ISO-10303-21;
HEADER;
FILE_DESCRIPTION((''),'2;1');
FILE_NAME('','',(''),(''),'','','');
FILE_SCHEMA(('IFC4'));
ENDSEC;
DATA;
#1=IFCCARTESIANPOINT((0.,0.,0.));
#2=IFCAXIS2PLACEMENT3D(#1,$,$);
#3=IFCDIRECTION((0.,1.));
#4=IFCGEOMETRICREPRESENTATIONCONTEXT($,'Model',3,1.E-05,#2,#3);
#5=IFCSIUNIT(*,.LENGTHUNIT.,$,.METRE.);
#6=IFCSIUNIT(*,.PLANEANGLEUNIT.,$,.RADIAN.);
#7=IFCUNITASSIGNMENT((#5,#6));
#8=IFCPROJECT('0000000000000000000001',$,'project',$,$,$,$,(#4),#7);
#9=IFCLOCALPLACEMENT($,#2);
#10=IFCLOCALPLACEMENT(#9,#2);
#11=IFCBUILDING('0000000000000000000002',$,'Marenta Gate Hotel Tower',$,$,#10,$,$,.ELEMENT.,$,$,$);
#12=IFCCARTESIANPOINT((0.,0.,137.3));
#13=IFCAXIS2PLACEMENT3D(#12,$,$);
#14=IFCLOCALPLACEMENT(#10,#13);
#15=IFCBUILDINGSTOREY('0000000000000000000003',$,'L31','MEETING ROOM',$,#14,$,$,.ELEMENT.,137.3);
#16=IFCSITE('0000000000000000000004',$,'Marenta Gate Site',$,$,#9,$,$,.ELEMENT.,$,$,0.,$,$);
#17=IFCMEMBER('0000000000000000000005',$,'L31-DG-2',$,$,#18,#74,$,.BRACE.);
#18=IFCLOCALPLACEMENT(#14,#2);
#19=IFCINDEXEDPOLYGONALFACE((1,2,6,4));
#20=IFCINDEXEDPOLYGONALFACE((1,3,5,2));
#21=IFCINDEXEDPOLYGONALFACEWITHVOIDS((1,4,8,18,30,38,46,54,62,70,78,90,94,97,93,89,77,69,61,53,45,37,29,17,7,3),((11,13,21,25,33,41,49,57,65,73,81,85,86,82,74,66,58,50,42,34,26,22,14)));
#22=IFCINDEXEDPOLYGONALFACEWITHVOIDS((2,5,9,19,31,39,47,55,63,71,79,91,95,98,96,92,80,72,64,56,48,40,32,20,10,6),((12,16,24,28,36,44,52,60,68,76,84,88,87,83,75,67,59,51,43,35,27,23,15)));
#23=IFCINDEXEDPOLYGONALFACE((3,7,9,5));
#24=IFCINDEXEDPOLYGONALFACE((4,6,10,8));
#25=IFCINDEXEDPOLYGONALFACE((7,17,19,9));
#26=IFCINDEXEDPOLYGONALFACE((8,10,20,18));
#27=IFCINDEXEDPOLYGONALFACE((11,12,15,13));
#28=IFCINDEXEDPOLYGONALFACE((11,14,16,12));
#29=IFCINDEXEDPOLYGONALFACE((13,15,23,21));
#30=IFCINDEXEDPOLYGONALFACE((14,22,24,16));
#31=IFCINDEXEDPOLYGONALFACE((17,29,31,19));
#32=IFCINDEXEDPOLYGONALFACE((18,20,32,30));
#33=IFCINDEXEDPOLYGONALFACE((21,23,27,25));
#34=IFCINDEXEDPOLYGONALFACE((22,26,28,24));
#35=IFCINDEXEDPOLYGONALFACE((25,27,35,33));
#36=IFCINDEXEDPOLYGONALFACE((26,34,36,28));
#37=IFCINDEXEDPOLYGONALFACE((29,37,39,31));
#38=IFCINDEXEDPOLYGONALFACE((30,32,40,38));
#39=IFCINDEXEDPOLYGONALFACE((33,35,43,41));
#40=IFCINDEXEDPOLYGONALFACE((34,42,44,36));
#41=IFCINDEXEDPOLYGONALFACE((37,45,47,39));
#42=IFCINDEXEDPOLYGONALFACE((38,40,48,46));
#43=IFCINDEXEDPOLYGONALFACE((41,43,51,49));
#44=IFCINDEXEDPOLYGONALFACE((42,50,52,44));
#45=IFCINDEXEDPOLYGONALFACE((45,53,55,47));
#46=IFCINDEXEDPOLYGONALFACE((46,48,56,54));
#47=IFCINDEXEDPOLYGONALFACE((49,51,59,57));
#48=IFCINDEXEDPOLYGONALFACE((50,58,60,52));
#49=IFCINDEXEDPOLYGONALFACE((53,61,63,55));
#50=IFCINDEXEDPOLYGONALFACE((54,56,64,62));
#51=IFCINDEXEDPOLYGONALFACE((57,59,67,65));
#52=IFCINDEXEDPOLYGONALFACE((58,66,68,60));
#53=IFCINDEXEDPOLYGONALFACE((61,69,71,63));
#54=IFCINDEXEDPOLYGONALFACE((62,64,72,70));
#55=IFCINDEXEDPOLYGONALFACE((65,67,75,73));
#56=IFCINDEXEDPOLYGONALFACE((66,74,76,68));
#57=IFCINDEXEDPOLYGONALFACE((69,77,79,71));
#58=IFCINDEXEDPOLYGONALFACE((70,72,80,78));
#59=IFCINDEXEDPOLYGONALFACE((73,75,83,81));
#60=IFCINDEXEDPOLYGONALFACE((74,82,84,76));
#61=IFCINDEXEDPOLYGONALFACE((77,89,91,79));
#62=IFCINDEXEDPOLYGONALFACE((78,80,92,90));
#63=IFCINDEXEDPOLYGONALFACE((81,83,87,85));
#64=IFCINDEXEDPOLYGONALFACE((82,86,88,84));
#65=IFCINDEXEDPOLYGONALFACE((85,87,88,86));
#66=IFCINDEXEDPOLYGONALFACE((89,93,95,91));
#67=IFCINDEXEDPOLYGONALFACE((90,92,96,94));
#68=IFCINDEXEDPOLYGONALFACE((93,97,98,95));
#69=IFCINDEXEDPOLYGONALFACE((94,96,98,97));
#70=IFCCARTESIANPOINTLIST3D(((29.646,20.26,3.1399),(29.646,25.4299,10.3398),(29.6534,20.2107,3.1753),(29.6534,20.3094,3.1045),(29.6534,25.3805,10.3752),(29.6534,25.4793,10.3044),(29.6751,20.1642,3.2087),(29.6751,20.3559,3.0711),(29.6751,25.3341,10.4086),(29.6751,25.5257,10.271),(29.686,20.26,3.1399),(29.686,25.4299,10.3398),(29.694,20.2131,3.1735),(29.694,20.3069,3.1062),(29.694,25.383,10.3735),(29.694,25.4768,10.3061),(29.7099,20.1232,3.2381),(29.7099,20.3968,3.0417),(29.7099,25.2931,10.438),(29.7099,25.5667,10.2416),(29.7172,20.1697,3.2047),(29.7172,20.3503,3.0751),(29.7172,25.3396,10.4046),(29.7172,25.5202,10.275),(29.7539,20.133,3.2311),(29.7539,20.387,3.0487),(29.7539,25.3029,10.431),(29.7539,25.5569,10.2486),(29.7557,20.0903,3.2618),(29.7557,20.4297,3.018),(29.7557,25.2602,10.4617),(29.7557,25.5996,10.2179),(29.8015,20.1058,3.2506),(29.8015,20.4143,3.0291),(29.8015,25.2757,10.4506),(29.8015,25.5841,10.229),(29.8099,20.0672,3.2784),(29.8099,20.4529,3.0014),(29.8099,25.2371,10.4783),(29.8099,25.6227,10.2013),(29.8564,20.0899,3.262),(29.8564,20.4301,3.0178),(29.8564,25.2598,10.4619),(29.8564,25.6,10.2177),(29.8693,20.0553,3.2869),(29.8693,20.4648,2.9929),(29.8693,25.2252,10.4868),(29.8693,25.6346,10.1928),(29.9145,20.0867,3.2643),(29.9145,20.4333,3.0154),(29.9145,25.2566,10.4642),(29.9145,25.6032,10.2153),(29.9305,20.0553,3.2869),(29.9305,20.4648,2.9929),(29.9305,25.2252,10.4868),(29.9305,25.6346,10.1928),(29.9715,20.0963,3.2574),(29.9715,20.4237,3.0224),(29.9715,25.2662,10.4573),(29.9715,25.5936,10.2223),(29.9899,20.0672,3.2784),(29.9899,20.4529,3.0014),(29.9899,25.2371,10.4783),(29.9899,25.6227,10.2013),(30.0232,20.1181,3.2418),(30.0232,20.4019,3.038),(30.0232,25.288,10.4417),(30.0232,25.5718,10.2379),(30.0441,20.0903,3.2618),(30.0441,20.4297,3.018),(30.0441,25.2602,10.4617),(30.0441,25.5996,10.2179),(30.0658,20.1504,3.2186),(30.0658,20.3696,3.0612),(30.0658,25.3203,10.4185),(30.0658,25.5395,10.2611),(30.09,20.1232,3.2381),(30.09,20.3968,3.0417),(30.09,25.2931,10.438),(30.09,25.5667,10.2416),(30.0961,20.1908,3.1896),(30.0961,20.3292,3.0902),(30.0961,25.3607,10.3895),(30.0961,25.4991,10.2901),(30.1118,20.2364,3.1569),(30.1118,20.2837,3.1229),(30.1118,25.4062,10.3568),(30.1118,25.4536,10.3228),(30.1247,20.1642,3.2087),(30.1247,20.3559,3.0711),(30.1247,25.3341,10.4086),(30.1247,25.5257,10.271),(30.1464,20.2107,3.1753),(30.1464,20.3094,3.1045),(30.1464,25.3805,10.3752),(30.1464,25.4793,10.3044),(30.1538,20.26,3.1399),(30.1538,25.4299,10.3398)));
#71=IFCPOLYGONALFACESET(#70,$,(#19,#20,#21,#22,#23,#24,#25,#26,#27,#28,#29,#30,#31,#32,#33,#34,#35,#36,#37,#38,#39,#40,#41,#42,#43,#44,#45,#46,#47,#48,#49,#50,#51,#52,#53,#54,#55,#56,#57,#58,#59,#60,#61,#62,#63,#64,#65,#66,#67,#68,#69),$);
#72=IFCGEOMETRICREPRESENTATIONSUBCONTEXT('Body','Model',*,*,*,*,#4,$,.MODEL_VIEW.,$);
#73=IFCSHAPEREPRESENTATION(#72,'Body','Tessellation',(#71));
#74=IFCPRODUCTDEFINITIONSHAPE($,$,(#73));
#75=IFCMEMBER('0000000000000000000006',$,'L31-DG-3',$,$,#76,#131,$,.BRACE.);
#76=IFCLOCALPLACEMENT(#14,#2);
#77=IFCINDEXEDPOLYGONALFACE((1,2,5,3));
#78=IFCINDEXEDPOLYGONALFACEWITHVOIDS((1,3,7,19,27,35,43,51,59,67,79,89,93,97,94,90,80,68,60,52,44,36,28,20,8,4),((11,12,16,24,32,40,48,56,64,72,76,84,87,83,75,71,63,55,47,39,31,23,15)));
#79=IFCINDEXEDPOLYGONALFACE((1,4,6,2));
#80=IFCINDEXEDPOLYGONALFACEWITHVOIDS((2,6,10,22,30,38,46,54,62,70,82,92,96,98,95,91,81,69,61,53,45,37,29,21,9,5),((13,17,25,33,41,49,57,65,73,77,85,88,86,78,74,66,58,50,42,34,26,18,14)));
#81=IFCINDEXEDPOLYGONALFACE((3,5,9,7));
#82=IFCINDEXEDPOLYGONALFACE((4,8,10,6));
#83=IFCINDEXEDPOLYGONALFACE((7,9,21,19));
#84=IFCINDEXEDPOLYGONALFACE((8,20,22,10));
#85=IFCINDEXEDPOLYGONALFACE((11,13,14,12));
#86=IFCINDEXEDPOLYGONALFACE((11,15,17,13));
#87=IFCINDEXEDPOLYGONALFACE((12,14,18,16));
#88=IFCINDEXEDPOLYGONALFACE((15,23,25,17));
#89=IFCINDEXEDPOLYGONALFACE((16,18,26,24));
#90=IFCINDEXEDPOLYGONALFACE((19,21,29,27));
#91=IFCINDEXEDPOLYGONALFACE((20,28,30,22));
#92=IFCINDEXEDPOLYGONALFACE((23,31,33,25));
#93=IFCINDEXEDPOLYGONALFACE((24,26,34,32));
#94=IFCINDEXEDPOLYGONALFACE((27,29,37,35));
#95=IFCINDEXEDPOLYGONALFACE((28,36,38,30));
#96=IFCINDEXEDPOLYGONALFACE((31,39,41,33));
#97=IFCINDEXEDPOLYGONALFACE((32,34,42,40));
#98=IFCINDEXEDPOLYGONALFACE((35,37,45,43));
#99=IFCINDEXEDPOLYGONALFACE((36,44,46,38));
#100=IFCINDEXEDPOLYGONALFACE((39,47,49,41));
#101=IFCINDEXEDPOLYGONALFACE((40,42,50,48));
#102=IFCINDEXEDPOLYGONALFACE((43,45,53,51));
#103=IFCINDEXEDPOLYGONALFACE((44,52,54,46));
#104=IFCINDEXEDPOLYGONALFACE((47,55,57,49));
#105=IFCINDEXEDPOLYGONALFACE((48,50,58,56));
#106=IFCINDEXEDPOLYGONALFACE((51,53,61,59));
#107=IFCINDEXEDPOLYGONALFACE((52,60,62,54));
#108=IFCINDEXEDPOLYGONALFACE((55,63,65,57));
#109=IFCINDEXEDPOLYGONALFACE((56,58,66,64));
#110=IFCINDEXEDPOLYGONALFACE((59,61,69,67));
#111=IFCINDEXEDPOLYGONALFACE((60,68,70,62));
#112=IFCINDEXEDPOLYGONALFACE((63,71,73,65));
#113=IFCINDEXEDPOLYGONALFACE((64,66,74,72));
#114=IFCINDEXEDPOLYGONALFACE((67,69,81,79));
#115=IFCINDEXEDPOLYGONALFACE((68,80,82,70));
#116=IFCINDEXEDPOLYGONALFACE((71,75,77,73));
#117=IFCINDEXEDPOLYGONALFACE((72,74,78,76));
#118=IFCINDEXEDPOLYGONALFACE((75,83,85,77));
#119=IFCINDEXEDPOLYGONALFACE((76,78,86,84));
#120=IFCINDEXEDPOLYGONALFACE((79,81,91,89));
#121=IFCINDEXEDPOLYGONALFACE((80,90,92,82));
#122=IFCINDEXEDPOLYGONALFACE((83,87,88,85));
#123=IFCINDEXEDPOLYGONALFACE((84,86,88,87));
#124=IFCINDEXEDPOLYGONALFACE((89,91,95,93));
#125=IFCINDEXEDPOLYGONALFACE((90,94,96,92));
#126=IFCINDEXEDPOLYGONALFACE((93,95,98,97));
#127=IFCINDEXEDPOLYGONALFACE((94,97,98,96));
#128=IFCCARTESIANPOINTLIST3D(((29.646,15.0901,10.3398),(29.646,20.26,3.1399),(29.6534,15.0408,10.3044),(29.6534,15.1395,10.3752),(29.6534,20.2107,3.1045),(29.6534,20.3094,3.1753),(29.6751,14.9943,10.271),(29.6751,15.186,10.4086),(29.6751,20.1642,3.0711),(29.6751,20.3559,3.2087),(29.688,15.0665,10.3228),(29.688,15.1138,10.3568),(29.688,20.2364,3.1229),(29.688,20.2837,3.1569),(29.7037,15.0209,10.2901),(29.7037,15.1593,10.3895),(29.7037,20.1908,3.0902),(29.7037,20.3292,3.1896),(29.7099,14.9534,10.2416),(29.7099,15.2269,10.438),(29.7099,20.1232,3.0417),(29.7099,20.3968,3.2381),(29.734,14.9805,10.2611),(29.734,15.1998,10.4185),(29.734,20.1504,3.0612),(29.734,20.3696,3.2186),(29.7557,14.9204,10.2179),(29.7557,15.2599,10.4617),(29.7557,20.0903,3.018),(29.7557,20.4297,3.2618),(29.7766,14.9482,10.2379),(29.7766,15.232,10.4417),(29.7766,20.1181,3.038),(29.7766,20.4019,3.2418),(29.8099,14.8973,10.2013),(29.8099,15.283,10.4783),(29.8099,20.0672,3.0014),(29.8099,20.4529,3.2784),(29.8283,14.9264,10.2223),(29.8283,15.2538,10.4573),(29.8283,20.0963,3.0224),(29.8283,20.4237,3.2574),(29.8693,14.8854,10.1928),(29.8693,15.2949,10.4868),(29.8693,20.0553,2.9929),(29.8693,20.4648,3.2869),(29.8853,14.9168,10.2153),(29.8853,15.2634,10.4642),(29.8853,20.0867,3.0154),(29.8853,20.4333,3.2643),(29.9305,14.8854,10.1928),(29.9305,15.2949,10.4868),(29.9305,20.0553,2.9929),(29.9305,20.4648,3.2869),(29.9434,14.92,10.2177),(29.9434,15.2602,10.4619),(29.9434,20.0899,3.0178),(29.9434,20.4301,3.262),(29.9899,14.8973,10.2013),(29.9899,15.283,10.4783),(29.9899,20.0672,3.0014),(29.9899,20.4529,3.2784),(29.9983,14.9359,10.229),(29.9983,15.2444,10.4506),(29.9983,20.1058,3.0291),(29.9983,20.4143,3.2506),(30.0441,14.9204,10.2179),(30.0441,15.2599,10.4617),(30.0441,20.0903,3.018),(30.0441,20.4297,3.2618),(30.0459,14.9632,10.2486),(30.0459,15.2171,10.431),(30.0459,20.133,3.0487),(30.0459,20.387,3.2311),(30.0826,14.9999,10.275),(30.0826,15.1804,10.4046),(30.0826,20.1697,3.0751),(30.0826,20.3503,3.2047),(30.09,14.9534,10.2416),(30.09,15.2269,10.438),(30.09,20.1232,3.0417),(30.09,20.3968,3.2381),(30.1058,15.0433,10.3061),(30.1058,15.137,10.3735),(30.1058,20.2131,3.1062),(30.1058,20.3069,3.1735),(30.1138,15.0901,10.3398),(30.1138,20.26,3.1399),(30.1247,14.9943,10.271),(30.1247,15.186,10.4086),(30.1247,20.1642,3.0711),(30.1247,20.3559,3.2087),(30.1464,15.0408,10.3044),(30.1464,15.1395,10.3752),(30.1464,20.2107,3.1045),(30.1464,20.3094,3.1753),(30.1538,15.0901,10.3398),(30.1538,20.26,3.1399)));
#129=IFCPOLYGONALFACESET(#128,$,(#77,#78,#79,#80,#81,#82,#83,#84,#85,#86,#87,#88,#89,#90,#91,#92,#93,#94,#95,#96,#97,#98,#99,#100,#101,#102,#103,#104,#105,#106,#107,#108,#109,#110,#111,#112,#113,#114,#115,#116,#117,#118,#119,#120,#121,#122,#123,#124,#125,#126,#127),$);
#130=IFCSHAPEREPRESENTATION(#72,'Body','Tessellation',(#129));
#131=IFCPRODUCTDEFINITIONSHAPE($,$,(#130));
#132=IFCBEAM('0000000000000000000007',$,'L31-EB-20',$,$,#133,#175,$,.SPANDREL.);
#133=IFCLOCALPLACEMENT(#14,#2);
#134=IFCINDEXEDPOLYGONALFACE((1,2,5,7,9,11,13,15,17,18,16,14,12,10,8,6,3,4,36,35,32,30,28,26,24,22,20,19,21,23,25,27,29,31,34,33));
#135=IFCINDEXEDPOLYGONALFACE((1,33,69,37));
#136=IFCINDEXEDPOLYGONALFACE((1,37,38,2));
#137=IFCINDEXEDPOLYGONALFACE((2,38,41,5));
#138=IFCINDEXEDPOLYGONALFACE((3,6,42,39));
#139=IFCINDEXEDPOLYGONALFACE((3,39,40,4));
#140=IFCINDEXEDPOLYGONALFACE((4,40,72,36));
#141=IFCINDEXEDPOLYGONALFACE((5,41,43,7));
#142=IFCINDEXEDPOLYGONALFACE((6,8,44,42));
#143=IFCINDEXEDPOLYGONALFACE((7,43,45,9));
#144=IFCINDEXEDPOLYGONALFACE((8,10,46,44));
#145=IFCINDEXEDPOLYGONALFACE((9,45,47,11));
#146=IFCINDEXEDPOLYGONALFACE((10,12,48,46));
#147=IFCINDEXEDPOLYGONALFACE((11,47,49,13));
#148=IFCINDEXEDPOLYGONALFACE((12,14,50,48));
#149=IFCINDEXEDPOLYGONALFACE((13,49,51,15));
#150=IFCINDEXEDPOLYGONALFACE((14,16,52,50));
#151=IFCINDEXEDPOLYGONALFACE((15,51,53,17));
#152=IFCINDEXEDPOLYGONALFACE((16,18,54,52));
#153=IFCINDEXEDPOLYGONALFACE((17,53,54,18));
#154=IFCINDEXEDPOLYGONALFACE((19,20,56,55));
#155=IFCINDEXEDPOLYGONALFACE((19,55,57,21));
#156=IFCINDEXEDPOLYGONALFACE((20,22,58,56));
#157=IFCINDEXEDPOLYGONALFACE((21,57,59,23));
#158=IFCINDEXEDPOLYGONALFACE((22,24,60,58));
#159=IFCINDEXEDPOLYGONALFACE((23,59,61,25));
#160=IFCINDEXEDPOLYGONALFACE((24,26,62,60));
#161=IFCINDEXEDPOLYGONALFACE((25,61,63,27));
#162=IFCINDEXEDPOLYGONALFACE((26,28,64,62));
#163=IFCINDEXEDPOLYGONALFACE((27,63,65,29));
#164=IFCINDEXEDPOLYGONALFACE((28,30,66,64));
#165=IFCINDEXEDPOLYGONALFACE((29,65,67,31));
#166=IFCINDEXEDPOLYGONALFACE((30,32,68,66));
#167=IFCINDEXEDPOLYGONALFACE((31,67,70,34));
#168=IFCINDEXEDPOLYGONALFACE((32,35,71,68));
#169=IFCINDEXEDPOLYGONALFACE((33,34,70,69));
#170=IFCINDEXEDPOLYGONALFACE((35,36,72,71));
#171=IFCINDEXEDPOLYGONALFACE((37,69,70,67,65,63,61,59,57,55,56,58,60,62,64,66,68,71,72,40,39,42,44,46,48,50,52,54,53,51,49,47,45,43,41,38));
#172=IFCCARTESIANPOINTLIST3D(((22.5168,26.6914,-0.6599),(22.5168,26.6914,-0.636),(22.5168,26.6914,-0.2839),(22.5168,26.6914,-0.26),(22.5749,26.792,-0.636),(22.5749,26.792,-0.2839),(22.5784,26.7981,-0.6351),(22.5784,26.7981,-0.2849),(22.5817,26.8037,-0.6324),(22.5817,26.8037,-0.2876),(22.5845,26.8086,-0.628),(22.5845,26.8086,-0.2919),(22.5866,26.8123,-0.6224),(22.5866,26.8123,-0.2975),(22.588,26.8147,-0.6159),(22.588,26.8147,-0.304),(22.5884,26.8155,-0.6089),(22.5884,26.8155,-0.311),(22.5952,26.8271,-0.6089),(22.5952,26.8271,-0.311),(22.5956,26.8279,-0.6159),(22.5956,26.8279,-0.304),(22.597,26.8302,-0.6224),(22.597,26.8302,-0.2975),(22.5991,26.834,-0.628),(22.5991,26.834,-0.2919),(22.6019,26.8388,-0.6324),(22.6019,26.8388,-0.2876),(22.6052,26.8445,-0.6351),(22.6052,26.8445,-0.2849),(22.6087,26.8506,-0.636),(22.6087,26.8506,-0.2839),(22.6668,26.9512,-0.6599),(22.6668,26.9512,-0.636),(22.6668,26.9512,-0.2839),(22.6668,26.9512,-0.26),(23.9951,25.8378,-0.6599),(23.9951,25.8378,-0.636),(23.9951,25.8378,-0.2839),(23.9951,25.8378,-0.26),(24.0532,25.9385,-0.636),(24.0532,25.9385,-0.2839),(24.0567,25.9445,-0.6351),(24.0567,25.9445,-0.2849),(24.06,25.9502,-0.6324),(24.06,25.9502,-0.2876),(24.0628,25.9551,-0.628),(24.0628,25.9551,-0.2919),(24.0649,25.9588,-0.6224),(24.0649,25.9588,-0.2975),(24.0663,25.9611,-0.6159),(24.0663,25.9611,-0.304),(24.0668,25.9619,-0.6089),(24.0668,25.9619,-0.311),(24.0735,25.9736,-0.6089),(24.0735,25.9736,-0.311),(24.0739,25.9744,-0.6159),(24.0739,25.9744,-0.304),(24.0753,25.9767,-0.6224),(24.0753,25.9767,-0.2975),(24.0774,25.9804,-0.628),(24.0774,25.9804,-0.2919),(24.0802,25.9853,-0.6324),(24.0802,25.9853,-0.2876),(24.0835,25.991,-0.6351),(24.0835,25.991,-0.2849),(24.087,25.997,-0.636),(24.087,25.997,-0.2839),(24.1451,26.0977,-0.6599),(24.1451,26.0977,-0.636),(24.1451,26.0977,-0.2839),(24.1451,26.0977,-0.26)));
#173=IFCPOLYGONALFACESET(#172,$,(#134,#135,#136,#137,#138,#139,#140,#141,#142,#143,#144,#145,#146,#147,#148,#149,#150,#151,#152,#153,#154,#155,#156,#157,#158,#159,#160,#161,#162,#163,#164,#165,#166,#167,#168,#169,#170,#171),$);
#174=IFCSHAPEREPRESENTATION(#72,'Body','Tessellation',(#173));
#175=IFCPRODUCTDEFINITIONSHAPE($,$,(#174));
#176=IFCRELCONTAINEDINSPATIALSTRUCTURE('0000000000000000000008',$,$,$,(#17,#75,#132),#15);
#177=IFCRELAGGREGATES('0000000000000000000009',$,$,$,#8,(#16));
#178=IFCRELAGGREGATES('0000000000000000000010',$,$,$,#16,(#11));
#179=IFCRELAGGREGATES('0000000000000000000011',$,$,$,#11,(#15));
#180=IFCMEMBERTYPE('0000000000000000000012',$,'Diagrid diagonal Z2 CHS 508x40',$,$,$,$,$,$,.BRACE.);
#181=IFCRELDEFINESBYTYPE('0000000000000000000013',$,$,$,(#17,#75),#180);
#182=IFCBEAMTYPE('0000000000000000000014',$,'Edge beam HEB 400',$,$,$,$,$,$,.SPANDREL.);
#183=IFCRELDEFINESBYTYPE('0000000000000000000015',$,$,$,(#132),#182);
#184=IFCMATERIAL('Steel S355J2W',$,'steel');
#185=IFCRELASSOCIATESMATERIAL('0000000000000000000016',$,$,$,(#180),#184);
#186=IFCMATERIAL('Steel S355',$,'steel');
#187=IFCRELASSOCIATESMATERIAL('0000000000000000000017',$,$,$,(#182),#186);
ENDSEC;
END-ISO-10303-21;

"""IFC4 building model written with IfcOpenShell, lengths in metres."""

from ifc_helpers import new_model, si_unit, direction, frame, origin, origin_2d, place, context, subcontext, project, spatial, hollow_circle, i_section, extrude, material, material_profile, profile_set, type_object, element, save


model = new_model("IFC4")

# Units and contexts
model_context = context("Model", 3, precision=1e-05, world=origin(), true_north=direction((0.0, 1.0)))
body_context = subcontext(model_context, "Body", "Model", "MODEL_VIEW")
ifc_project = project(units=[si_unit("LENGTHUNIT", "METRE"), si_unit("PLANEANGLEUNIT", "RADIAN")], contexts=[model_context])

# Site, building, storey
site_placement = place(None, origin())
site = spatial("IfcSite", under=ifc_project, at=site_placement, Name="Marenta Gate Site", CompositionType="ELEMENT", RefElevation=0.0)
building_placement = place(site_placement, origin())
building = spatial("IfcBuilding", under=site, at=building_placement, Name="Marenta Gate Hotel Tower", CompositionType="ELEMENT")
storey_placement = place(building_placement, frame((0.0, 0.0, 137.3)))
storey = spatial("IfcBuildingStorey", under=building, at=storey_placement, Name="L31", Description="MEETING ROOM", CompositionType="ELEMENT", Elevation=137.3)

# Members
ifc_material_1 = material(Name="Steel S355J2W", Category="steel")
ifc_material_profile_1 = material_profile(ifc_material_1, hollow_circle(Radius=0.2539, WallThickness=0.04, at=origin_2d()), Name="CHS 508x40")
ifc_profile_set_1 = profile_set([ifc_material_profile_1], Name="Steel S355J2W")
member_type_1 = type_object("IfcMemberType", Name="Diagrid diagonal Z2 CHS 508x40", PredefinedType="BRACE", material=ifc_profile_set_1)
for number, where, z_axis, x_axis, name in (
    (1, (29.8999, 20.26, 3.1399), (0.0, 0.583261, 0.812285), (-1.0, 0.0, 0.0), "L31-DG-2"),
    (2, (29.8999, 20.26, 3.1399), (0.0, -0.583261, 0.812285), (1.0, 0.0, 0.0), "L31-DG-3"),
):
    element("IfcMember", number, at=place(storey_placement, frame(where, z_axis=z_axis, x_axis=x_axis)), inside=storey, type_object=member_type_1, Name=name, PredefinedType="BRACE", context=body_context, shape_type="SweptSolid", body=[
        extrude(hollow_circle(Radius=0.2539, WallThickness=0.04, at=origin_2d()), origin(), (0.0, 0.0, 1.0), 8.8638),
    ])

# Beam
ifc_material_2 = material(Name="Steel S355", Category="steel")
ifc_material_profile_2 = material_profile(ifc_material_2, i_section(OverallWidth=0.3, OverallDepth=0.3999, WebThickness=0.0134, FlangeThickness=0.0239, FilletRadius=0.0271, at=origin_2d()), Name="HEB 400")
ifc_profile_set_2 = profile_set([ifc_material_profile_2], Name="Steel S355")
beam_type_1 = type_object("IfcBeamType", Name="Edge beam HEB 400", PredefinedType="SPANDREL", material=ifc_profile_set_2)
beam_1_placement = place(storey_placement, frame((22.5918, 26.8213, -0.46), z_axis=(0.866016, -0.500015, 0.0), x_axis=(0.500015, 0.866016, 0.0)))
element("IfcBeam", 3, at=beam_1_placement, inside=storey, type_object=beam_type_1, Name="L31-EB-20", PredefinedType="SPANDREL", context=body_context, shape_type="SweptSolid", body=[
    extrude(i_section(OverallWidth=0.3, OverallDepth=0.3999, WebThickness=0.0134, FlangeThickness=0.0239, FilletRadius=0.0271, at=origin_2d()), origin(), (0.0, 0.0, 1.0), 1.707),
])

save(model, "model.ifc")
